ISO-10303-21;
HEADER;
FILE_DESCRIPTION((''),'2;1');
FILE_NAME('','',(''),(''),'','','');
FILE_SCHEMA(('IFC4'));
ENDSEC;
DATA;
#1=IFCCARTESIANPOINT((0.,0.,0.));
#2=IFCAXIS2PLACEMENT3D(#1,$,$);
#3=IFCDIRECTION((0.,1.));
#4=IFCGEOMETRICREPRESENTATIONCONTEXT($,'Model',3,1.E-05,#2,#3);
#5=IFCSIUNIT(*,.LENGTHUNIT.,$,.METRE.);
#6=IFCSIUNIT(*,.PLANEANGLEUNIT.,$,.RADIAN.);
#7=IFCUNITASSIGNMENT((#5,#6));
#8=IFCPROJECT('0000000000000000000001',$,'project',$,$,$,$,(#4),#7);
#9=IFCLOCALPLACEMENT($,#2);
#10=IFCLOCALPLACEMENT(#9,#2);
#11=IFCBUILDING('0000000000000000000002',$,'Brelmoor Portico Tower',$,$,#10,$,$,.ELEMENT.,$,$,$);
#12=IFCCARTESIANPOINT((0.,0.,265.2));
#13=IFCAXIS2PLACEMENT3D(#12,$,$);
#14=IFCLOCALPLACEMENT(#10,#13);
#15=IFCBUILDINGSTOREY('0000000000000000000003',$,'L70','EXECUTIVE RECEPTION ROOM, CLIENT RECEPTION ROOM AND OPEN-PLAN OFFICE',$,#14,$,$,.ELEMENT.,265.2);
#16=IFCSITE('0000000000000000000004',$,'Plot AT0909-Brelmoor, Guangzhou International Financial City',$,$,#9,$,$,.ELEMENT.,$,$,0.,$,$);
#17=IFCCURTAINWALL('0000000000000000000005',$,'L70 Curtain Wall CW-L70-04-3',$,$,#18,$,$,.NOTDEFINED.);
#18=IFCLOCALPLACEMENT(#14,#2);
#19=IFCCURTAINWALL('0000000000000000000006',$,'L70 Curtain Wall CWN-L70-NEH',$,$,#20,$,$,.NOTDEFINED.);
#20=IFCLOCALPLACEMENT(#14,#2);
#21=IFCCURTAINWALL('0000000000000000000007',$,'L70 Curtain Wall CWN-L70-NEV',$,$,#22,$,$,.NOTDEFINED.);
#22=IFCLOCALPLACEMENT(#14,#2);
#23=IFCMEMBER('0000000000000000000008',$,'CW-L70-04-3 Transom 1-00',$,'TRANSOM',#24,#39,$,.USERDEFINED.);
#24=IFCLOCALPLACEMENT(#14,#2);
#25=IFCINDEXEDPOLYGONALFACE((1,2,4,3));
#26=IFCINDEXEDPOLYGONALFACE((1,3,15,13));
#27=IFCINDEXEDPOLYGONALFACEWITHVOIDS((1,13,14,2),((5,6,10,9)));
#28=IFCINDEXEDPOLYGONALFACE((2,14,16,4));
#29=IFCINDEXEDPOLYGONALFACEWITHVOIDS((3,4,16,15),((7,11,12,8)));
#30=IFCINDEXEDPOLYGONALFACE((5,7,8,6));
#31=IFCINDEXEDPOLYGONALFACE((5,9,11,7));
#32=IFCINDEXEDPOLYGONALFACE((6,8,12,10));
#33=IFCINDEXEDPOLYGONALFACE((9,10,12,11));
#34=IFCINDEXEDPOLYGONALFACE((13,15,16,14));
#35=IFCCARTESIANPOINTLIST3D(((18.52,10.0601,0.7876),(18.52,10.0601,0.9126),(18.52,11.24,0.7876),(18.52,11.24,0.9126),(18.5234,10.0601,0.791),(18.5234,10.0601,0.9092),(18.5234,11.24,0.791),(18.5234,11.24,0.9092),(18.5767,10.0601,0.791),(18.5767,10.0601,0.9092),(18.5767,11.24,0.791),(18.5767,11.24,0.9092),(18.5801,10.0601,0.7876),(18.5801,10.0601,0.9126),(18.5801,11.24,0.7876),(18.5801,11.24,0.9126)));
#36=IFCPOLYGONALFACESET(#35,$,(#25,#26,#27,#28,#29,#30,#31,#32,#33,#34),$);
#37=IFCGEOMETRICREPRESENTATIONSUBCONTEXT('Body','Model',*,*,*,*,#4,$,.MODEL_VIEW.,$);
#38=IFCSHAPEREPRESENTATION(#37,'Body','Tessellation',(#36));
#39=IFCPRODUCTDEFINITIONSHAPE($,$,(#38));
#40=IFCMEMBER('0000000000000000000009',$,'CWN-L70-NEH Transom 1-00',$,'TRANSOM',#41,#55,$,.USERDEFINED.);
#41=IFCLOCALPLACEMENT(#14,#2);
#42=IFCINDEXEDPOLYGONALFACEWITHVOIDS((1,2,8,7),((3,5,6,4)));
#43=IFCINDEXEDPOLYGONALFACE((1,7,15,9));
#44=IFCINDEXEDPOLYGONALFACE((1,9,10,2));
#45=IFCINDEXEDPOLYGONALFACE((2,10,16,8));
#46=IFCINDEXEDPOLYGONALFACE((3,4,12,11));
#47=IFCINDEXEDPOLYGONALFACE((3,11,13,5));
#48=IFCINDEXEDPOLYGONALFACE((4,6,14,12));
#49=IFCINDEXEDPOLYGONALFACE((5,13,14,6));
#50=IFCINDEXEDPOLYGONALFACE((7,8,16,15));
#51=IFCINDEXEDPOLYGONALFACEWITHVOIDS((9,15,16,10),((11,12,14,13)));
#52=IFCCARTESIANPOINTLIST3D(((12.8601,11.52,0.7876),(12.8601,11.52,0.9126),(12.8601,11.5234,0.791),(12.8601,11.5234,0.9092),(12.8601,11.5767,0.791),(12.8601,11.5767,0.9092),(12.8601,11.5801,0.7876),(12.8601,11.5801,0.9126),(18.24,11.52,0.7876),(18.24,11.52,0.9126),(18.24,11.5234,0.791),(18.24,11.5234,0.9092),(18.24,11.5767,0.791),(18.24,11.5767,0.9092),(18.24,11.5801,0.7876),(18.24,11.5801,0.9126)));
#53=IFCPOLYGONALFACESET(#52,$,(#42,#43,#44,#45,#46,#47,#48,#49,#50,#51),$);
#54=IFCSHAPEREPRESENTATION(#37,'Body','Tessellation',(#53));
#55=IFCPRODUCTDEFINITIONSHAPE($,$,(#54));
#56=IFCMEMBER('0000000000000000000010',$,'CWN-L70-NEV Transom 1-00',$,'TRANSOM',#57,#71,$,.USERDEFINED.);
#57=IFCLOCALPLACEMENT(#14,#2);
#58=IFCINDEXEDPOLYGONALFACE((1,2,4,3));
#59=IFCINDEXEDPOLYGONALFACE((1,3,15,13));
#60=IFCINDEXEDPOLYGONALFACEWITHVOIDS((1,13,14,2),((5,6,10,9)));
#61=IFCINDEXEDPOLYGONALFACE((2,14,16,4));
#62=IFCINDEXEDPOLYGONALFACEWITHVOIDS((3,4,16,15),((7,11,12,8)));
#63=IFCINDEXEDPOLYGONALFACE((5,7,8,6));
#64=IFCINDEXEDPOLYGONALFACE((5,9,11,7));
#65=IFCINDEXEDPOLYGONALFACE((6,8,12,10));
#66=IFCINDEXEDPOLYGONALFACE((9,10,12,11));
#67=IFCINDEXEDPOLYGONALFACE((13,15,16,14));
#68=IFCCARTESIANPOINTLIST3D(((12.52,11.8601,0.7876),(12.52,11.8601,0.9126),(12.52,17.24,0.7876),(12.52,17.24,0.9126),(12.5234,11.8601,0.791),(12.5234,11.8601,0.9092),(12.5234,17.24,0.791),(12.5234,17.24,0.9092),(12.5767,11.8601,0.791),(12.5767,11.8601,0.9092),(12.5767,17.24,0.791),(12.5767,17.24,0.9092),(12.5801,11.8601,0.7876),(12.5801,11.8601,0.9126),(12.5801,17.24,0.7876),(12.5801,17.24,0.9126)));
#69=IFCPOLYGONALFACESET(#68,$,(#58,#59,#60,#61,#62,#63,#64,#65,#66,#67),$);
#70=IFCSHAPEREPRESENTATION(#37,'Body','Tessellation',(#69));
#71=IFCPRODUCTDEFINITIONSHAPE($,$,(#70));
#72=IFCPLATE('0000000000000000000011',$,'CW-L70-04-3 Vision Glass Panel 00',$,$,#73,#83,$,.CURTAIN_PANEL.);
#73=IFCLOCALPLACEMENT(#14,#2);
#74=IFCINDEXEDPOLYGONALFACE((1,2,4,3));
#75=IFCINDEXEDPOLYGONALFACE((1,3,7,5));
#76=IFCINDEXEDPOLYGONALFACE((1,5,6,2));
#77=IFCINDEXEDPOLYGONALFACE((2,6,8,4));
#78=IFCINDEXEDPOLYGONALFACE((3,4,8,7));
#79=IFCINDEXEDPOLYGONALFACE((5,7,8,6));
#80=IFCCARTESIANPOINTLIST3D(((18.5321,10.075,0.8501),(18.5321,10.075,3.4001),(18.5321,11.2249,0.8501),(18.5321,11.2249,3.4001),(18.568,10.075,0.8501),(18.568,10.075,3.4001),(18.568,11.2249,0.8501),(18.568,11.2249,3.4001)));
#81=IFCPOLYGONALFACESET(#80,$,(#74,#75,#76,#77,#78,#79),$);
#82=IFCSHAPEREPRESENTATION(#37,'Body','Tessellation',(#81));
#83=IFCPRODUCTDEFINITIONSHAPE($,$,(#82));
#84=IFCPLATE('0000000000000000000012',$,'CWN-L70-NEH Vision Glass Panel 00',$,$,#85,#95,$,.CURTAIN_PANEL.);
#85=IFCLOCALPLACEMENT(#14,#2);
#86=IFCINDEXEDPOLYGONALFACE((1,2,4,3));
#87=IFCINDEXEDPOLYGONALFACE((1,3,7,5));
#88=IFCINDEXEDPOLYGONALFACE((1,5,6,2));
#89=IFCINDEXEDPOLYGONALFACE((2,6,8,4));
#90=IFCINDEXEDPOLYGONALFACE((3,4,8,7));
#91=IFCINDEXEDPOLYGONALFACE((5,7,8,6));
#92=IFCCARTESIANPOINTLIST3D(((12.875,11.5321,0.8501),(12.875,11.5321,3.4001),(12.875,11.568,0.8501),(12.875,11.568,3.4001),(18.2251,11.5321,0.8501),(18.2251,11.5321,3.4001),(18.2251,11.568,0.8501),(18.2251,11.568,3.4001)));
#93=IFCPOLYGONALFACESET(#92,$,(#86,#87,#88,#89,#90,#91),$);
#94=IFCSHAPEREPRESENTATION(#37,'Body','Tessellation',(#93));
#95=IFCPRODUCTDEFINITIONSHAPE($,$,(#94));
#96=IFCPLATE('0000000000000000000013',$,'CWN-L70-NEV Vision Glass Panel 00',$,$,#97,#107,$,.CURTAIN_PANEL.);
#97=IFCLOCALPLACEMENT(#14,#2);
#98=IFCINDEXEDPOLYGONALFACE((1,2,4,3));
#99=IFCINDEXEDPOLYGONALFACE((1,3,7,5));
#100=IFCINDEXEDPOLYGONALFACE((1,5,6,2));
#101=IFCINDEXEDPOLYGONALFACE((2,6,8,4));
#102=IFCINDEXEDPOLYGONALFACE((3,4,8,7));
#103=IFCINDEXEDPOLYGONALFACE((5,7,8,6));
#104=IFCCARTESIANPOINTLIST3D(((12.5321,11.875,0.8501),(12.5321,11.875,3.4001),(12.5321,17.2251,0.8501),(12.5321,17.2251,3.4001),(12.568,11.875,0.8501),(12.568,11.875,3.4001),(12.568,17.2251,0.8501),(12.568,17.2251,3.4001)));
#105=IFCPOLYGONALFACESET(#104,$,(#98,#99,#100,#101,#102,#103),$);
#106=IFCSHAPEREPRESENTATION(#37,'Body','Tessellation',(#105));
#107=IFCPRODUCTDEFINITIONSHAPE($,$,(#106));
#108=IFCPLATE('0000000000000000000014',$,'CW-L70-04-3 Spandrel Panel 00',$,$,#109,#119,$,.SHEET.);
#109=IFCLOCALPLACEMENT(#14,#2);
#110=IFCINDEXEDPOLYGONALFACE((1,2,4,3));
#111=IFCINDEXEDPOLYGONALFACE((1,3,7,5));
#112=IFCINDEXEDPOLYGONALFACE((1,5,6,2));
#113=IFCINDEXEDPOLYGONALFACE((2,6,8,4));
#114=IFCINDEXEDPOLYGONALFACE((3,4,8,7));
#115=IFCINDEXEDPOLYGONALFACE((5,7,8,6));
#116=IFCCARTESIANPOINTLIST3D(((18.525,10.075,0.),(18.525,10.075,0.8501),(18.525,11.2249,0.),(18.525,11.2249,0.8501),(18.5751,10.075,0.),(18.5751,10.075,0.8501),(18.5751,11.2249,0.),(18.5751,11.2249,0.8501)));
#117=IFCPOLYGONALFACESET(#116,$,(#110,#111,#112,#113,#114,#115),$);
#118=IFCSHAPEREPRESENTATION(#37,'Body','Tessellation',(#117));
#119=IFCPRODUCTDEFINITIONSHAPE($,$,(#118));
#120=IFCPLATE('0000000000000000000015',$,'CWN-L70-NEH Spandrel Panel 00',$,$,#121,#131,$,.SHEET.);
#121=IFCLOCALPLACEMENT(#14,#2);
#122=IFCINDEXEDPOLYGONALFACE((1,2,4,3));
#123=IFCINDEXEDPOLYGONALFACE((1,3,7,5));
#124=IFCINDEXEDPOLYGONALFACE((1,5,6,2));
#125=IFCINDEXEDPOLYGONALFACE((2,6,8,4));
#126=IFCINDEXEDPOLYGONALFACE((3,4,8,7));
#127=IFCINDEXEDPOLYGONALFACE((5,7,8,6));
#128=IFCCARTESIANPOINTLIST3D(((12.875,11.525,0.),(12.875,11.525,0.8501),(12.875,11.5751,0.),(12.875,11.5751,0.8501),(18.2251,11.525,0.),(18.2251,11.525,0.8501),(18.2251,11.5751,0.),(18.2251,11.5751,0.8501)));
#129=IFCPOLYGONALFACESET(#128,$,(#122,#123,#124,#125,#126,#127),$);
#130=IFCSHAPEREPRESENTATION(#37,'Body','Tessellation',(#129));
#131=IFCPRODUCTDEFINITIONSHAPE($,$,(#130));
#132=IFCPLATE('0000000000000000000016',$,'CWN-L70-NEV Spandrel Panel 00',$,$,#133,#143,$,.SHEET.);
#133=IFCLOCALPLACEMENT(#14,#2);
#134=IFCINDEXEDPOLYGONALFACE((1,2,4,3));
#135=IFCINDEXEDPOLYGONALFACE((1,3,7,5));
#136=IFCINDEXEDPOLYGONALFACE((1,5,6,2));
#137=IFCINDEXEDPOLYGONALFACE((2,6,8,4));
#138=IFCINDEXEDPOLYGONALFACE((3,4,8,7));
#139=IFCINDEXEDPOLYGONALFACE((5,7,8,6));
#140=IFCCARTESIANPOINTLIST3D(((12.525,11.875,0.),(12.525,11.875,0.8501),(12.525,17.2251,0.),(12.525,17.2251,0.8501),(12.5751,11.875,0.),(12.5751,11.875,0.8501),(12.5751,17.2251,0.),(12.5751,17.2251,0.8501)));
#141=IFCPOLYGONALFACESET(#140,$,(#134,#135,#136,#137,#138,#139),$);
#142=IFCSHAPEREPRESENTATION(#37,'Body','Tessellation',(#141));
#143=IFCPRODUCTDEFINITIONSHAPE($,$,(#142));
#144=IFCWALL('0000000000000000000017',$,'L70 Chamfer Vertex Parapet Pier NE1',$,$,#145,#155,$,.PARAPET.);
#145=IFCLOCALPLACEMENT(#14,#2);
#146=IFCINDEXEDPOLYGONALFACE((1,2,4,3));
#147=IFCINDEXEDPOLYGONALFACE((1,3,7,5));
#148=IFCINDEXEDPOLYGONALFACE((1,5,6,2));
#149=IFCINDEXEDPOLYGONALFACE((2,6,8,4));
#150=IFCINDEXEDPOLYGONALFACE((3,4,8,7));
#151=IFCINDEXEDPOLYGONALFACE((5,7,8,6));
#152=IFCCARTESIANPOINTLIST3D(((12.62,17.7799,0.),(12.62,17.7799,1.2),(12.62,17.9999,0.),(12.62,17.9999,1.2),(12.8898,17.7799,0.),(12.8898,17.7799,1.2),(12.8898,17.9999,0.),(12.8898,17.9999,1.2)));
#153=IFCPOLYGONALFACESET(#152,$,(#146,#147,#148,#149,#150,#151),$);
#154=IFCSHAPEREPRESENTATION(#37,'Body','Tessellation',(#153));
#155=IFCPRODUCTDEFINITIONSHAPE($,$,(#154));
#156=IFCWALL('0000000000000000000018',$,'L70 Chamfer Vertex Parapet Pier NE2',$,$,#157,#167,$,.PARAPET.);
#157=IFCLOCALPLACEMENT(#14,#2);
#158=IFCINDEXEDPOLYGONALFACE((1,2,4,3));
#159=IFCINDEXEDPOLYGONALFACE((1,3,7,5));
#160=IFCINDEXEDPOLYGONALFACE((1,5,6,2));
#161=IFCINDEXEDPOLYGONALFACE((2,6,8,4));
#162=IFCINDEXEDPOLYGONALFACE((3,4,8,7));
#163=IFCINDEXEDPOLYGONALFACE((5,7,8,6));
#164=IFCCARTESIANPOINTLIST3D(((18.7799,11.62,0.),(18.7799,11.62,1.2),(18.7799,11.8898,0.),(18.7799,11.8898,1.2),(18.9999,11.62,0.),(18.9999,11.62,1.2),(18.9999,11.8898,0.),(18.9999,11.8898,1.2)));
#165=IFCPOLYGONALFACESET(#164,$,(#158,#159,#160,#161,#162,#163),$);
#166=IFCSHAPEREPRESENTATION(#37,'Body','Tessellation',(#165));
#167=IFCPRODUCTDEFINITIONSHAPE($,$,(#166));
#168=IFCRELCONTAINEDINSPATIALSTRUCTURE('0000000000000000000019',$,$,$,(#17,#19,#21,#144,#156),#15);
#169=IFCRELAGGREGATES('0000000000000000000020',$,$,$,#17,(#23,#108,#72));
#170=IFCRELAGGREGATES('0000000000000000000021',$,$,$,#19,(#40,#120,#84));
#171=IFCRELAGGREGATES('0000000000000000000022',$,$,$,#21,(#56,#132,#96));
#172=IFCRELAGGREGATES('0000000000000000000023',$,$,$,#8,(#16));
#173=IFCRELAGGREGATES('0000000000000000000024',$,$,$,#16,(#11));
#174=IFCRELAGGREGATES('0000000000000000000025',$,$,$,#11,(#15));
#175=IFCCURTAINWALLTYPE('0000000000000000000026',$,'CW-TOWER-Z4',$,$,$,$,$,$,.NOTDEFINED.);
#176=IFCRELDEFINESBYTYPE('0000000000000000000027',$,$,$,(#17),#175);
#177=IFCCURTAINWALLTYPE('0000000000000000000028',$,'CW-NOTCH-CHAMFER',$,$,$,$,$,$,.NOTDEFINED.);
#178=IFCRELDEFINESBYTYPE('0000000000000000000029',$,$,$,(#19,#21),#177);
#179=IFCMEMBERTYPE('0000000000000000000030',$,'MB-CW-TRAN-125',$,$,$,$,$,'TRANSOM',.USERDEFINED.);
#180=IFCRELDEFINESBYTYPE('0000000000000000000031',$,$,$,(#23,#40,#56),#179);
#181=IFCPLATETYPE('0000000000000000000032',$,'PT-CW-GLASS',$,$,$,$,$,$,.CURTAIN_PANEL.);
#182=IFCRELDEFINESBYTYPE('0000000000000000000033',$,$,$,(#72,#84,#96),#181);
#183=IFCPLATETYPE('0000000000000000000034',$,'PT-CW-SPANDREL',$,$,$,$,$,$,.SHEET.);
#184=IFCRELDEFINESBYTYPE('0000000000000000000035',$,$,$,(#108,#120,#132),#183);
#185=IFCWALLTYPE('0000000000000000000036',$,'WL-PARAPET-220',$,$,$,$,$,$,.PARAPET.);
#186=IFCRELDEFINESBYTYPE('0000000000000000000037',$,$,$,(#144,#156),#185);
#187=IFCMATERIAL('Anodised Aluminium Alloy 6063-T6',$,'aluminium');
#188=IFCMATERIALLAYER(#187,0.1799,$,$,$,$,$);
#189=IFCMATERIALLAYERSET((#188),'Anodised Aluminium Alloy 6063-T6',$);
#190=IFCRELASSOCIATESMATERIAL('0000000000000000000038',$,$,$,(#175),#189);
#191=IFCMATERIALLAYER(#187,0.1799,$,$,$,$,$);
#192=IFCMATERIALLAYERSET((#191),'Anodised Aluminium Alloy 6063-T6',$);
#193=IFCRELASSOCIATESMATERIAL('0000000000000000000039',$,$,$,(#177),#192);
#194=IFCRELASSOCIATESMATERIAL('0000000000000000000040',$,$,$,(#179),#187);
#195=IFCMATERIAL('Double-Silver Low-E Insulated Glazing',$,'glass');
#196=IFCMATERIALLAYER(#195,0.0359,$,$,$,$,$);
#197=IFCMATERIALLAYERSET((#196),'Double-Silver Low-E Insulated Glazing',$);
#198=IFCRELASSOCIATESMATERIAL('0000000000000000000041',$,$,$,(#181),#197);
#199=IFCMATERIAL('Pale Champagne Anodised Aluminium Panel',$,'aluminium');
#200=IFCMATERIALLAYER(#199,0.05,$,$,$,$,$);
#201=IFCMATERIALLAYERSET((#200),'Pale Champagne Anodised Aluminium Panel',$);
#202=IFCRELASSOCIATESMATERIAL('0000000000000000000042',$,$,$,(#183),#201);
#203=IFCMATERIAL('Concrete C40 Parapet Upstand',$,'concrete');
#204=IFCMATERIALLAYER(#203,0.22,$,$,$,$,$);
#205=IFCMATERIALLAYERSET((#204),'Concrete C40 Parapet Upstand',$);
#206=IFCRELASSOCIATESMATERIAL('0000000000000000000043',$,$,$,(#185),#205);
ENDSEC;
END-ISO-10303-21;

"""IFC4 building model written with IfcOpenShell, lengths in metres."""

from ifc_helpers import new_model, si_unit, direction, frame, frame_2d, origin, origin_2d, place, context, subcontext, project, spatial, rectangle, hollow_rectangle, extrude, material, layer, layer_set, material_profile, profile_set, type_object, element, aggregate, save


model = new_model("IFC4")

# Units and contexts
model_context = context("Model", 3, precision=1e-05, world=origin(), true_north=direction((0.0, 1.0)))
body_context = subcontext(model_context, "Body", "Model", "MODEL_VIEW")
ifc_project = project(units=[si_unit("LENGTHUNIT", "METRE"), si_unit("PLANEANGLEUNIT", "RADIAN")], contexts=[model_context])

# Site, building, storey
site_placement = place(None, origin())
site = spatial("IfcSite", under=ifc_project, at=site_placement, Name="Plot AT0909-Brelmoor, Guangzhou International Financial City", CompositionType="ELEMENT", RefElevation=0.0)
building_placement = place(site_placement, origin())
building = spatial("IfcBuilding", under=site, at=building_placement, Name="Brelmoor Portico Tower", CompositionType="ELEMENT")
storey_placement = place(building_placement, frame((0.0, 0.0, 265.2)))
storey = spatial("IfcBuildingStorey", under=building, at=storey_placement, Name="L70", Description="EXECUTIVE RECEPTION ROOM, CLIENT RECEPTION ROOM AND OPEN-PLAN OFFICE", CompositionType="ELEMENT", Elevation=265.2)

# Curtain wall
ifc_material_1 = material(Name="Anodised Aluminium Alloy 6063-T6", Category="aluminium")
ifc_layer_1 = layer(ifc_material_1, 0.1799)
ifc_layer_set_1 = layer_set([ifc_layer_1], Name="Anodised Aluminium Alloy 6063-T6")
curtain_wall_type_1 = type_object("IfcCurtainWallType", Name="CW-TOWER-Z4", PredefinedType="NOTDEFINED", material=ifc_layer_set_1)
curtain_wall_1_placement = place(storey_placement, origin())
curtain_wall_1 = element("IfcCurtainWall", 1, at=curtain_wall_1_placement, inside=storey, type_object=curtain_wall_type_1, Name="L70 Curtain Wall CW-L70-04-3", PredefinedType="NOTDEFINED")

# Curtain walls
ifc_layer_2 = layer(ifc_material_1, 0.1799)
ifc_layer_set_2 = layer_set([ifc_layer_2], Name="Anodised Aluminium Alloy 6063-T6")
curtain_wall_type_2 = type_object("IfcCurtainWallType", Name="CW-NOTCH-CHAMFER", PredefinedType="NOTDEFINED", material=ifc_layer_set_2)
curtain_wall_2_placement = place(storey_placement, origin())
curtain_wall_2 = element("IfcCurtainWall", 2, at=curtain_wall_2_placement, inside=storey, type_object=curtain_wall_type_2, Name="L70 Curtain Wall CWN-L70-NEH", PredefinedType="NOTDEFINED")
curtain_wall_3_placement = place(storey_placement, origin())
curtain_wall_3 = element("IfcCurtainWall", 3, at=curtain_wall_3_placement, inside=storey, type_object=curtain_wall_type_2, Name="L70 Curtain Wall CWN-L70-NEV", PredefinedType="NOTDEFINED")

# Members
ifc_material_profile_1 = material_profile(ifc_material_1, hollow_rectangle(XDim=0.0601, YDim=0.125, WallThickness=0.0034, at=origin_2d()), Name="ALU TRANSOM 60x125")
ifc_profile_set_1 = profile_set([ifc_material_profile_1], Name="Anodised Aluminium Alloy 6063-T6")
member_type_1 = type_object("IfcMemberType", Name="MB-CW-TRAN-125", ElementType="TRANSOM", PredefinedType="USERDEFINED", material=ifc_profile_set_1)
member_1_placement = place(storey_placement, frame((18.55, 10.0601, 0.8501), z_axis=(0.0, 1.0, 0.0), x_axis=(-1.0, 0.0, 0.0)))
member_1 = element("IfcMember", 4, at=member_1_placement, type_object=member_type_1, Name="CW-L70-04-3 Transom 1-00", ObjectType="TRANSOM", PredefinedType="USERDEFINED", context=body_context, shape_type="SweptSolid", body=[
    extrude(hollow_rectangle(XDim=0.0601, YDim=0.125, WallThickness=0.0034, at=origin_2d()), origin(), (0.0, 0.0, 1.0), 1.1799),
])
member_2_placement = place(storey_placement, frame((12.8601, 11.55, 0.8501), z_axis=(1.0, 0.0, 0.0), x_axis=(0.0, 1.0, 0.0)))
member_2 = element("IfcMember", 5, at=member_2_placement, type_object=member_type_1, Name="CWN-L70-NEH Transom 1-00", ObjectType="TRANSOM", PredefinedType="USERDEFINED", context=body_context, shape_type="SweptSolid", body=[
    extrude(hollow_rectangle(XDim=0.0601, YDim=0.125, WallThickness=0.0034, at=origin_2d()), origin(), (0.0, 0.0, 1.0), 5.3799),
])
member_3_placement = place(storey_placement, frame((12.55, 11.8601, 0.8501), z_axis=(0.0, 1.0, 0.0), x_axis=(-1.0, 0.0, 0.0)))
member_3 = element("IfcMember", 6, at=member_3_placement, type_object=member_type_1, Name="CWN-L70-NEV Transom 1-00", ObjectType="TRANSOM", PredefinedType="USERDEFINED", context=body_context, shape_type="SweptSolid", body=[
    extrude(hollow_rectangle(XDim=0.0601, YDim=0.125, WallThickness=0.0034, at=origin_2d()), origin(), (0.0, 0.0, 1.0), 5.3799),
])

# Plates
ifc_material_2 = material(Name="Double-Silver Low-E Insulated Glazing", Category="glass")
ifc_layer_3 = layer(ifc_material_2, 0.0359)
ifc_layer_set_3 = layer_set([ifc_layer_3], Name="Double-Silver Low-E Insulated Glazing")
plate_type_1 = type_object("IfcPlateType", Name="PT-CW-GLASS", PredefinedType="CURTAIN_PANEL", material=ifc_layer_set_3)
plate_1_placement = place(storey_placement, frame((18.55, 10.6499, 0.8501), z_axis=(0.0, 0.0, 1.0), x_axis=(0.0, 1.0, 0.0)))
plate_1 = element("IfcPlate", 7, at=plate_1_placement, type_object=plate_type_1, Name="CW-L70-04-3 Vision Glass Panel 00", PredefinedType="CURTAIN_PANEL", context=body_context, shape_type="SweptSolid", body=[
    extrude(rectangle(XDim=1.1499, YDim=0.0359, at=origin_2d()), origin(), (0.0, 0.0, 1.0), 2.55),
])
plate_2_placement = place(storey_placement, frame((15.55, 11.55, 0.8501), z_axis=(0.0, 0.0, 1.0), x_axis=(1.0, 0.0, 0.0)))
plate_2 = element("IfcPlate", 8, at=plate_2_placement, type_object=plate_type_1, Name="CWN-L70-NEH Vision Glass Panel 00", PredefinedType="CURTAIN_PANEL", context=body_context, shape_type="SweptSolid", body=[
    extrude(rectangle(XDim=5.3501, YDim=0.0359, at=origin_2d()), origin(), (0.0, 0.0, 1.0), 2.55),
])
plate_3_placement = place(storey_placement, frame((12.55, 14.55, 0.8501), z_axis=(0.0, 0.0, 1.0), x_axis=(0.0, 1.0, 0.0)))
plate_3 = element("IfcPlate", 9, at=plate_3_placement, type_object=plate_type_1, Name="CWN-L70-NEV Vision Glass Panel 00", PredefinedType="CURTAIN_PANEL", context=body_context, shape_type="SweptSolid", body=[
    extrude(rectangle(XDim=5.3501, YDim=0.0359, at=origin_2d()), origin(), (0.0, 0.0, 1.0), 2.55),
])
ifc_material_3 = material(Name="Pale Champagne Anodised Aluminium Panel", Category="aluminium")
ifc_layer_4 = layer(ifc_material_3, 0.05)
ifc_layer_set_4 = layer_set([ifc_layer_4], Name="Pale Champagne Anodised Aluminium Panel")
plate_type_2 = type_object("IfcPlateType", Name="PT-CW-SPANDREL", PredefinedType="SHEET", material=ifc_layer_set_4)
plate_4_placement = place(storey_placement, frame((18.55, 10.6499, 0.0), z_axis=(0.0, 0.0, 1.0), x_axis=(0.0, 1.0, 0.0)))
plate_4 = element("IfcPlate", 10, at=plate_4_placement, type_object=plate_type_2, Name="CW-L70-04-3 Spandrel Panel 00", PredefinedType="SHEET", context=body_context, shape_type="SweptSolid", body=[
    extrude(rectangle(XDim=1.1499, YDim=0.05, at=origin_2d()), origin(), (0.0, 0.0, 1.0), 0.8501),
])
aggregate(curtain_wall_1, [member_1, plate_4, plate_1])
plate_5_placement = place(storey_placement, frame((15.55, 11.55, 0.0), z_axis=(0.0, 0.0, 1.0), x_axis=(1.0, 0.0, 0.0)))
plate_5 = element("IfcPlate", 11, at=plate_5_placement, type_object=plate_type_2, Name="CWN-L70-NEH Spandrel Panel 00", PredefinedType="SHEET", context=body_context, shape_type="SweptSolid", body=[
    extrude(rectangle(XDim=5.3501, YDim=0.05, at=origin_2d()), origin(), (0.0, 0.0, 1.0), 0.8501),
])
aggregate(curtain_wall_2, [member_2, plate_5, plate_2])
plate_6_placement = place(storey_placement, frame((12.55, 14.55, 0.0), z_axis=(0.0, 0.0, 1.0), x_axis=(0.0, 1.0, 0.0)))
plate_6 = element("IfcPlate", 12, at=plate_6_placement, type_object=plate_type_2, Name="CWN-L70-NEV Spandrel Panel 00", PredefinedType="SHEET", context=body_context, shape_type="SweptSolid", body=[
    extrude(rectangle(XDim=5.3501, YDim=0.05, at=origin_2d()), origin(), (0.0, 0.0, 1.0), 0.8501),
])
aggregate(curtain_wall_3, [member_3, plate_6, plate_3])

# Walls
ifc_material_4 = material(Name="Concrete C40 Parapet Upstand", Category="concrete")
ifc_layer_5 = layer(ifc_material_4, 0.22)
ifc_layer_set_5 = layer_set([ifc_layer_5], Name="Concrete C40 Parapet Upstand")
wall_type = type_object("IfcWallType", Name="WL-PARAPET-220", PredefinedType="PARAPET", material=ifc_layer_set_5)
for number, where, z_axis, x_axis, name in (
    (13, (12.6201, 17.8899, 0.0), (0.0, 0.0, 1.0), (1.0, 0.0, 0.0), "L70 Chamfer Vertex Parapet Pier NE1"),
    (14, (18.8899, 11.6201, 0.0), (0.0, 0.0, 1.0), (0.0, 1.0, 0.0), "L70 Chamfer Vertex Parapet Pier NE2"),
):
    element("IfcWall", number, at=place(storey_placement, frame(where, z_axis=z_axis, x_axis=x_axis)), inside=storey, type_object=wall_type, Name=name, PredefinedType="PARAPET", context=body_context, shape_type="SweptSolid", body=[
        extrude(rectangle(XDim=0.2698, YDim=0.22, at=frame_2d((0.1348, 0.0))), origin(), (0.0, 0.0, 1.0), 1.2),
    ])

save(model, "model.ifc")
